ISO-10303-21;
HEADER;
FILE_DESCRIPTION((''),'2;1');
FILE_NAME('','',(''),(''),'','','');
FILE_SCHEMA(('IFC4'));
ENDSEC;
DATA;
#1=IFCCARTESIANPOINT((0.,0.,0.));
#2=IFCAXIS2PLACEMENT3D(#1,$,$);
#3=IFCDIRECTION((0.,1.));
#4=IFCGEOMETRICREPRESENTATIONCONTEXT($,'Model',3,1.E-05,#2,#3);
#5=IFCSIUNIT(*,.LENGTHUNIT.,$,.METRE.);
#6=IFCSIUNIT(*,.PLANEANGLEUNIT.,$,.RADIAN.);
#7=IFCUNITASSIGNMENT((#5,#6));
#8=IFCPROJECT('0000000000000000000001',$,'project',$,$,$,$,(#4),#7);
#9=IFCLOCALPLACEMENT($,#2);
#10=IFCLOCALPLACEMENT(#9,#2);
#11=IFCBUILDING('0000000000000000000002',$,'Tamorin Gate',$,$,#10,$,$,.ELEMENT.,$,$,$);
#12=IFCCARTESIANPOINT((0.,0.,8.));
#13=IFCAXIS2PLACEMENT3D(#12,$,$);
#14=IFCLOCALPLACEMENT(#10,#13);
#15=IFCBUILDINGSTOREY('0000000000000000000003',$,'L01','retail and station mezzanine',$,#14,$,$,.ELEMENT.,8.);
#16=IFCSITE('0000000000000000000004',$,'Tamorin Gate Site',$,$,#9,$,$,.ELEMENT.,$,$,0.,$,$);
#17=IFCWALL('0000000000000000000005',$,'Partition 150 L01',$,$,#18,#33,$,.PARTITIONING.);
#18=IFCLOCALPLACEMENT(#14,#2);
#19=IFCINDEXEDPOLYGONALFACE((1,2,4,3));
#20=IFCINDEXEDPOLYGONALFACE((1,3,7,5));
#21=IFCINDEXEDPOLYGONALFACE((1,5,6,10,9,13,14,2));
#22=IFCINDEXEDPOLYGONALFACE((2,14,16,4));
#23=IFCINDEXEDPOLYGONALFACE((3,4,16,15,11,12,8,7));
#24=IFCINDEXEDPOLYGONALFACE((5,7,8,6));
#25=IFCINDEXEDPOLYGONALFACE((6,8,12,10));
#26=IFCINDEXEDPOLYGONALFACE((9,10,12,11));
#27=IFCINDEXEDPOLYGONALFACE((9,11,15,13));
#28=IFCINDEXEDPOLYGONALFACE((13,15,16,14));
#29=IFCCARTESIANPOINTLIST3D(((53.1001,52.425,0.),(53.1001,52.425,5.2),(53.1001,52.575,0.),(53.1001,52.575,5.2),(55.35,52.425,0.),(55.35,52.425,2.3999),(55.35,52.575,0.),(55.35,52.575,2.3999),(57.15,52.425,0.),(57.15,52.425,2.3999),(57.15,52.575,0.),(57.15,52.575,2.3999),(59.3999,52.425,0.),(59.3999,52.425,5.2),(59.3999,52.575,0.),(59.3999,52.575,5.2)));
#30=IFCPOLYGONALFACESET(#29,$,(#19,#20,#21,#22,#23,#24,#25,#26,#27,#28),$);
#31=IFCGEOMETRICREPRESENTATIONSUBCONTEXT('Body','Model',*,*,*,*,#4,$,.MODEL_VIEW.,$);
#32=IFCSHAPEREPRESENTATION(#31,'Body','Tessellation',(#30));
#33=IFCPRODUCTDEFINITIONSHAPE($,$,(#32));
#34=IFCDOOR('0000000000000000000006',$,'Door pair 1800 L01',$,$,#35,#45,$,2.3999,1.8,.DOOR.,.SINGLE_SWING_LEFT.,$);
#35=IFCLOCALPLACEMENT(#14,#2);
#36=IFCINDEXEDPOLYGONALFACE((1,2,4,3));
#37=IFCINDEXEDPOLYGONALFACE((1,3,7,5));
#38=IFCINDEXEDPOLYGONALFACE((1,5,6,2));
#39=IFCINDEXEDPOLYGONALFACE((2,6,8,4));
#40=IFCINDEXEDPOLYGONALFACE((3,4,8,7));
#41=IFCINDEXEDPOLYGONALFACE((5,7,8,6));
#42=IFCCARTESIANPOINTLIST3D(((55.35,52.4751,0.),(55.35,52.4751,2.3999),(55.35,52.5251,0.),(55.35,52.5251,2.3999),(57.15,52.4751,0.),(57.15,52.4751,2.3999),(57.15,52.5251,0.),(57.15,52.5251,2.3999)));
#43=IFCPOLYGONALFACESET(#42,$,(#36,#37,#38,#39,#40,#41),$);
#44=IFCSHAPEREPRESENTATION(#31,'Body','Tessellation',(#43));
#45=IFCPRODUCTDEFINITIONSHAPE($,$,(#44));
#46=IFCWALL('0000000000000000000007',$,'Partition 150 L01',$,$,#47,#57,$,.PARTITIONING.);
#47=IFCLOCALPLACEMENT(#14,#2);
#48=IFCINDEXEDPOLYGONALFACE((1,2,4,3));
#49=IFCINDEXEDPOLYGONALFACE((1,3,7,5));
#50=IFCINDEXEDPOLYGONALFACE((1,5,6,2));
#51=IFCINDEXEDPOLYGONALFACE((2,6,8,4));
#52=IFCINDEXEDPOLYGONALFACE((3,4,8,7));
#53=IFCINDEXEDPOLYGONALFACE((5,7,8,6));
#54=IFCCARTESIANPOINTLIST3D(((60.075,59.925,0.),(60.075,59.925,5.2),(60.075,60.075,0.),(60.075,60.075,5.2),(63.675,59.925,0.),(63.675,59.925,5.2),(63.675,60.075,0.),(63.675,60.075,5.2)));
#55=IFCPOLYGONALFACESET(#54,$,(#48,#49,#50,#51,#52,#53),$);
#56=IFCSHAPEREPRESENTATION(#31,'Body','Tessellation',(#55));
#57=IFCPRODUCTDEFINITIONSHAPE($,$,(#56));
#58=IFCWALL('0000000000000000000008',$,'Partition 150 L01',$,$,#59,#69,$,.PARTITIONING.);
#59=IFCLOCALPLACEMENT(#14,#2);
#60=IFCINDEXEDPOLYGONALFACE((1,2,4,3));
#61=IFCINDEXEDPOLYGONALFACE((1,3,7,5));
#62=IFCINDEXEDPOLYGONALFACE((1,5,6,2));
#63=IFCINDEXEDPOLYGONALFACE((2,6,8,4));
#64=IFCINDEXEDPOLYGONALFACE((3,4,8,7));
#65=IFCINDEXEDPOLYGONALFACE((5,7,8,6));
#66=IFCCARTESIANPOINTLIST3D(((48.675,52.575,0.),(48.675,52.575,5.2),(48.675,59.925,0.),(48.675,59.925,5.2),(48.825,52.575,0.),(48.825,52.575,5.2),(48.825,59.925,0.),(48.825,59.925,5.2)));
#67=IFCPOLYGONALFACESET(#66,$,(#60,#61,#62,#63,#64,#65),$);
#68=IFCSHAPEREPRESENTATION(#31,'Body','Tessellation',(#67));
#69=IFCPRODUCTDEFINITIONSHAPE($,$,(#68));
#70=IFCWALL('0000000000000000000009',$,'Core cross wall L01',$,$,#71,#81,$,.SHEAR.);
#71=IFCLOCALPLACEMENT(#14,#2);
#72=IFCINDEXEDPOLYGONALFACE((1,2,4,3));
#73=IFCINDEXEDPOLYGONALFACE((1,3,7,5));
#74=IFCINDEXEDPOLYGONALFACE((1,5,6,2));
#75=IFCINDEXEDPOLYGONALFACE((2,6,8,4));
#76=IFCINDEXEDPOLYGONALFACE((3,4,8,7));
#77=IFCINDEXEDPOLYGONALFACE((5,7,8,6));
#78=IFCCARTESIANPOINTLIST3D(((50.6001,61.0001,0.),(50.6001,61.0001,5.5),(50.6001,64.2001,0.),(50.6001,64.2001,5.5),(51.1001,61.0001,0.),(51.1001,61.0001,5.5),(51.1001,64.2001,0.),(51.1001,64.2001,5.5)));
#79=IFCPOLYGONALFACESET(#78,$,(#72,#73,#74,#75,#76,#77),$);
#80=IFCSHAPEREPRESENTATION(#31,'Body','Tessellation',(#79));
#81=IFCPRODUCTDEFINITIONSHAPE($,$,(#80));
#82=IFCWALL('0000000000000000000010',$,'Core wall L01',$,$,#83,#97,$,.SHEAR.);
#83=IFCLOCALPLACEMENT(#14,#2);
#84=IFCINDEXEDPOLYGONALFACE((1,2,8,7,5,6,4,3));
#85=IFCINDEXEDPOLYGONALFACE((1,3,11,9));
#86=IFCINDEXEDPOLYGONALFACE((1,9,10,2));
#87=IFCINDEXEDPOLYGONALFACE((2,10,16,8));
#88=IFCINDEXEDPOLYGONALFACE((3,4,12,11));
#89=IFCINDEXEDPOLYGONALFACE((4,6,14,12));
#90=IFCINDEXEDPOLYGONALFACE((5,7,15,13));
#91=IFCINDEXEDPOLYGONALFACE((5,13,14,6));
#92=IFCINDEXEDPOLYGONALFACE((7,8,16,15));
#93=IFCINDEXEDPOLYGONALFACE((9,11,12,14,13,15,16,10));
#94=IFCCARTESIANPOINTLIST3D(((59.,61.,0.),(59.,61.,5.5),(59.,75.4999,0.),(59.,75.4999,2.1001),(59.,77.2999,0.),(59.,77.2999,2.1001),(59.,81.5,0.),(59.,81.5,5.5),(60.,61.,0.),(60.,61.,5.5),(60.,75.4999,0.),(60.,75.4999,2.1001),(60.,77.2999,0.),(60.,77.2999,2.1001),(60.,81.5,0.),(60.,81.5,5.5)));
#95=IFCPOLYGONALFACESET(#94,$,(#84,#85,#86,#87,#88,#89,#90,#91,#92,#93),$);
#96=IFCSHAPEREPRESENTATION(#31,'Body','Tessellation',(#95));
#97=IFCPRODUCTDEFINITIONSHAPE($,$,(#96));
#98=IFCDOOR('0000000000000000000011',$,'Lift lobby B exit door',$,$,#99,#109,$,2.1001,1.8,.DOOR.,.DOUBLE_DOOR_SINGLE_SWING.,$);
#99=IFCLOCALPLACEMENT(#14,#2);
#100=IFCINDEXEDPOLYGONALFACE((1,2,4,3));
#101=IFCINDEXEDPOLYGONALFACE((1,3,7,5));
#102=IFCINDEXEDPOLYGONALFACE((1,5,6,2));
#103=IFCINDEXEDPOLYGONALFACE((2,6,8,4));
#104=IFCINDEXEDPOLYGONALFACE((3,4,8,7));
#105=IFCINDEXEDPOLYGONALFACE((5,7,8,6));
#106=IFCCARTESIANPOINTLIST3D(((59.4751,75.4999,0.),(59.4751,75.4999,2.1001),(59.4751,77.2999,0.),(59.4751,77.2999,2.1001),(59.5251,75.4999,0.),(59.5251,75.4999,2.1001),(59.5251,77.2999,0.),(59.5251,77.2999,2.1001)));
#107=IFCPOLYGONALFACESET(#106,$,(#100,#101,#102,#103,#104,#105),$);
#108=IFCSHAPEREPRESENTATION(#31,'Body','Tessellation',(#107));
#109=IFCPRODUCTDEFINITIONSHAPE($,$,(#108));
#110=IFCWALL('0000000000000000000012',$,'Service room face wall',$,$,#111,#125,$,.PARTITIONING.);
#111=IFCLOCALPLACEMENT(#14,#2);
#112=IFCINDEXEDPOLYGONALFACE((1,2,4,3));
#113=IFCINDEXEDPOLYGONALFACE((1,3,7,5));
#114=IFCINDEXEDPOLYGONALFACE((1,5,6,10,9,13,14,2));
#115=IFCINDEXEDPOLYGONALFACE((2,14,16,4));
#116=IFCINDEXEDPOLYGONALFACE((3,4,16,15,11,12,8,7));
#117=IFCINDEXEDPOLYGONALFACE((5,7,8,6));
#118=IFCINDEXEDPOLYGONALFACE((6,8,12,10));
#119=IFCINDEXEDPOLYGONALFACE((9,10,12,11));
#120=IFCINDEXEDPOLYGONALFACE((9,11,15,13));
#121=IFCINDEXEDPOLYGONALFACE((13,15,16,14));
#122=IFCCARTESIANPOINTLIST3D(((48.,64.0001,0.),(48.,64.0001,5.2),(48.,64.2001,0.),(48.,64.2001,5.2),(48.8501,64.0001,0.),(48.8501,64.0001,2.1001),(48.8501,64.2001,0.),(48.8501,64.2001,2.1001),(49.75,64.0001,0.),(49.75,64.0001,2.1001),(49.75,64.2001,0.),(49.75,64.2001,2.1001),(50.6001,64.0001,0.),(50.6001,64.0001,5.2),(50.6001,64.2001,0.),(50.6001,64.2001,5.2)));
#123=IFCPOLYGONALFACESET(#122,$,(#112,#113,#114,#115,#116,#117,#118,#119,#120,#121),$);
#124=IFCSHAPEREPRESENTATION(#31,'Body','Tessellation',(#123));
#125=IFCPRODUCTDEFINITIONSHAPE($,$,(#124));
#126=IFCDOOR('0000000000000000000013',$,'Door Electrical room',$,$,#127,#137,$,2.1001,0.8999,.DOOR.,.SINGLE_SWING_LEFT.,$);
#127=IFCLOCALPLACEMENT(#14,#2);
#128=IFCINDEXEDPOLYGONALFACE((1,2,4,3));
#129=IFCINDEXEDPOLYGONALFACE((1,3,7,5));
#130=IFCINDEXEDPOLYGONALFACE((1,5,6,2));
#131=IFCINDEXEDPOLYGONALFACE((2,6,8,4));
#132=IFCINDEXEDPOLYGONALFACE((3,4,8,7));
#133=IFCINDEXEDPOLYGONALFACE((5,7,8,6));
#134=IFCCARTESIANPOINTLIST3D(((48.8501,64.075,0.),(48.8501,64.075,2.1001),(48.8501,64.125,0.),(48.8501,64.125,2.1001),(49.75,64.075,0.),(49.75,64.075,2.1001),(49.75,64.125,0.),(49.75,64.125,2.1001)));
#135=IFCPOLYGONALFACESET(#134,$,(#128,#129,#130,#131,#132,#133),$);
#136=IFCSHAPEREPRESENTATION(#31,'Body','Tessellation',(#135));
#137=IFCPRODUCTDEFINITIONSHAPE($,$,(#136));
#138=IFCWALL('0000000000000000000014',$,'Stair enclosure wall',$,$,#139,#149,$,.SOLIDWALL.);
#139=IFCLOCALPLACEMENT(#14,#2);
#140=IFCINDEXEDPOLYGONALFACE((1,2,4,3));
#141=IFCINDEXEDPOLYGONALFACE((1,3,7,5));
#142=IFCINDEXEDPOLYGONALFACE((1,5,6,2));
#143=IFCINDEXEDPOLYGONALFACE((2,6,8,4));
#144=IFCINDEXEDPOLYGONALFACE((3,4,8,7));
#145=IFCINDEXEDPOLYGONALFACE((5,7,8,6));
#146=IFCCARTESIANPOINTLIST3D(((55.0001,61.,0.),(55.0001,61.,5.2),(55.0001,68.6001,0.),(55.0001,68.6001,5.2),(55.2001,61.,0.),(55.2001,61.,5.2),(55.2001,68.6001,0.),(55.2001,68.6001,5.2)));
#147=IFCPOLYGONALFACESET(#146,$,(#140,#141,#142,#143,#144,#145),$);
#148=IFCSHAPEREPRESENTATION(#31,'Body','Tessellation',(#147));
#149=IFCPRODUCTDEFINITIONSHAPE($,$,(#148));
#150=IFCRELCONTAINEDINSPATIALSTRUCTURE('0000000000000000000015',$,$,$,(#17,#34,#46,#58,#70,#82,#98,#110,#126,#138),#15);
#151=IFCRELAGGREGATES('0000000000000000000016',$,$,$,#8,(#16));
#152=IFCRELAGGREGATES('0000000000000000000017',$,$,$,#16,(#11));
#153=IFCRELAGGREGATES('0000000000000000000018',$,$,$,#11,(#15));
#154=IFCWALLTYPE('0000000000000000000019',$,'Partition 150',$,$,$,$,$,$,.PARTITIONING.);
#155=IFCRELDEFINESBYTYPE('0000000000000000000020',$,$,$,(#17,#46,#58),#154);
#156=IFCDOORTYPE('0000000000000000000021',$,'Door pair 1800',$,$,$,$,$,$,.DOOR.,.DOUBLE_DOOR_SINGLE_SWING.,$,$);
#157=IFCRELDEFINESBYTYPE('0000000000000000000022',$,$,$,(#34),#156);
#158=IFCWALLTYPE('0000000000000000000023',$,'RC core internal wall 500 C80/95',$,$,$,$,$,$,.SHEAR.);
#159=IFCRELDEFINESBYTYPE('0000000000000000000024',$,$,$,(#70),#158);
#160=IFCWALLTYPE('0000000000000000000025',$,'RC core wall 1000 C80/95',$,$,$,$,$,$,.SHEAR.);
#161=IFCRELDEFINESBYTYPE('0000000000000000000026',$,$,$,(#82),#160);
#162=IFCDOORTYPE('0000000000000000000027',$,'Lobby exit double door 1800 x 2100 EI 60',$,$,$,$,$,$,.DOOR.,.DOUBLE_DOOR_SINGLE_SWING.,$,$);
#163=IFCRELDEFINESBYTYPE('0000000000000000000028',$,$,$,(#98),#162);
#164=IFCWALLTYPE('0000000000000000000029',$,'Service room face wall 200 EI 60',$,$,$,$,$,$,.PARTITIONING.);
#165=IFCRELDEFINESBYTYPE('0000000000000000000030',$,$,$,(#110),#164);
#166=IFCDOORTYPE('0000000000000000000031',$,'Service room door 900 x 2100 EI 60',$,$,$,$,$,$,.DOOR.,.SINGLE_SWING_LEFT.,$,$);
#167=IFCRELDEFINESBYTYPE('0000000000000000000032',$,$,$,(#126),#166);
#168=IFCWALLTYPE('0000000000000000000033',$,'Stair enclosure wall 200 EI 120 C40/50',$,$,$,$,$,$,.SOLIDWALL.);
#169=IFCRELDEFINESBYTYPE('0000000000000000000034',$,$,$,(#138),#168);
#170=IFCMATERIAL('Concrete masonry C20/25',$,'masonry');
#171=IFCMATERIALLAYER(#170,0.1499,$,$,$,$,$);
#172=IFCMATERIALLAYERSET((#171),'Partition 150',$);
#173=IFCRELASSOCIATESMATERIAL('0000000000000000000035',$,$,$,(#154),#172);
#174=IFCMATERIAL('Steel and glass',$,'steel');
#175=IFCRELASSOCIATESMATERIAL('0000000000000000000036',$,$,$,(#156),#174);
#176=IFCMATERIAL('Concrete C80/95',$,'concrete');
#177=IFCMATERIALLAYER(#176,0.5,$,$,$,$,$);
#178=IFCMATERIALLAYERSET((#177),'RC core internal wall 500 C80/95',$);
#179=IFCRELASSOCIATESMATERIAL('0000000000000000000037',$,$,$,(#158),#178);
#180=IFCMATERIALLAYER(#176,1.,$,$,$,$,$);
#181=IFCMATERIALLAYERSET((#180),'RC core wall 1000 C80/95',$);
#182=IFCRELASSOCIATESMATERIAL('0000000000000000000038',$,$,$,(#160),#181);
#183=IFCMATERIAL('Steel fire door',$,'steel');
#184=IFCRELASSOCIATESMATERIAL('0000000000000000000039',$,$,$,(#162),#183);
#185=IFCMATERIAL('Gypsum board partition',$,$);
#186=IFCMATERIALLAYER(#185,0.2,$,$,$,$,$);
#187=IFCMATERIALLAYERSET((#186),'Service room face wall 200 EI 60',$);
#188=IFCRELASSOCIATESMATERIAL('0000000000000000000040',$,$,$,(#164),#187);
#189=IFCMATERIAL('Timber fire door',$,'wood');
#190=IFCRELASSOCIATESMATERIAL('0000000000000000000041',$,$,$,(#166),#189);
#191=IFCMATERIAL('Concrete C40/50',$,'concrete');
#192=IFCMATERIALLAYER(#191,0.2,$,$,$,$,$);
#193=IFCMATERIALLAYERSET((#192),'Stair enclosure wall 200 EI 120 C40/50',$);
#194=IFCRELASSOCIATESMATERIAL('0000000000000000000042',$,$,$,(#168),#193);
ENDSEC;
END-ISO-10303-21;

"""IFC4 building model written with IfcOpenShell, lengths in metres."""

from ifc_helpers import new_model, si_unit, direction, frame, frame_2d, origin, place, context, subcontext, project, spatial, rectangle, extrude, material, layer, layer_set, type_object, element, fill, save


model = new_model("IFC4")

# Units and contexts
model_context = context("Model", 3, precision=1e-05, world=origin(), true_north=direction((0.0, 1.0)))
body_context = subcontext(model_context, "Body", "Model", "MODEL_VIEW")
ifc_project = project(units=[si_unit("LENGTHUNIT", "METRE"), si_unit("PLANEANGLEUNIT", "RADIAN")], contexts=[model_context])

# Site, building, storey
site_placement = place(None, origin())
site = spatial("IfcSite", under=ifc_project, at=site_placement, Name="Tamorin Gate Site", CompositionType="ELEMENT", RefElevation=0.0)
building_placement = place(site_placement, origin())
building = spatial("IfcBuilding", under=site, at=building_placement, Name="Tamorin Gate", CompositionType="ELEMENT")
storey_placement = place(building_placement, frame((0.0, 0.0, 8.0)))
storey = spatial("IfcBuildingStorey", under=building, at=storey_placement, Name="L01", Description="retail and station mezzanine", CompositionType="ELEMENT", Elevation=8.0)

# Shared definitions
ifc_material_1 = material(Name="Concrete C80/95", Category="concrete")

# Shared definitions
ifc_material_2 = material(Name="Concrete masonry C20/25", Category="masonry")
ifc_layer_1 = layer(ifc_material_2, 0.1499)
ifc_layer_set_1 = layer_set([ifc_layer_1], Name="Partition 150")
wall_type_1 = type_object("IfcWallType", Name="Partition 150", PredefinedType="PARTITIONING", material=ifc_layer_set_1)
ifc_material_3 = material(Name="Steel and glass", Category="steel")
door_type_1 = type_object("IfcDoorType", Name="Door pair 1800", OperationType="DOUBLE_DOOR_SINGLE_SWING", PredefinedType="DOOR", material=ifc_material_3)

# Wall, opening, door
wall_1_placement = place(storey_placement, frame((59.3999, 52.5, 0.0), z_axis=(0.0, 0.0, 1.0), x_axis=(-1.0, 0.0, 0.0)))
wall_1 = element("IfcWall", 1, at=wall_1_placement, inside=storey, type_object=wall_type_1, Name="Partition 150 L01", PredefinedType="PARTITIONING", context=body_context, shape_type="SweptSolid", body=[
    extrude(rectangle(XDim=6.2998, YDim=0.1499, at=frame_2d((3.1499, 0.0))), origin(), (0.0, 0.0, 1.0), 5.2),
])
opening_1_placement = place(wall_1_placement, frame((2.25, 0.0, 0.0)))
opening_1 = element("IfcOpeningElement", 2, at=opening_1_placement, cuts=wall_1, PredefinedType="OPENING", context=body_context, shape_type="SweptSolid", body=[
    extrude(rectangle(XDim=1.8, YDim=2.3999, at=frame_2d((0.8999, 1.2))), frame((0.0, 0.085, 0.0), z_axis=(0.0, -1.0, 0.0), x_axis=(1.0, 0.0, 0.0)), (0.0, 0.0, 1.0), 0.1699),
])
door_1_placement = place(opening_1_placement, origin())
door_1 = element("IfcDoor", 3, at=door_1_placement, inside=storey, type_object=door_type_1, Name="Door pair 1800 L01", OperationType="SINGLE_SWING_LEFT", OverallHeight=2.3999, OverallWidth=1.8, PredefinedType="DOOR", context=body_context, shape_type="SweptSolid", body=[
    extrude(rectangle(XDim=1.8, YDim=2.3999, at=frame_2d((0.8999, 1.2))), frame((0.0, 0.0249, 0.0), z_axis=(0.0, -1.0, 0.0), x_axis=(1.0, 0.0, 0.0)), (0.0, 0.0, 1.0), 0.05),
])
fill(opening_1, door_1)

# Walls
wall_2_placement = place(storey_placement, frame((60.075, 60.0, 0.0), z_axis=(0.0, 0.0, 1.0), x_axis=(1.0, 0.0, 0.0)))
element("IfcWall", 4, at=wall_2_placement, inside=storey, type_object=wall_type_1, Name="Partition 150 L01", PredefinedType="PARTITIONING", context=body_context, shape_type="SweptSolid", body=[
    extrude(rectangle(XDim=3.6001, YDim=0.1499, at=frame_2d((1.8, 0.0))), origin(), (0.0, 0.0, 1.0), 5.2),
])
wall_3_placement = place(storey_placement, frame((48.75, 52.575, 0.0), z_axis=(0.0, 0.0, 1.0), x_axis=(0.0, 1.0, 0.0)))
element("IfcWall", 5, at=wall_3_placement, inside=storey, type_object=wall_type_1, Name="Partition 150 L01", PredefinedType="PARTITIONING", context=body_context, shape_type="SweptSolid", body=[
    extrude(rectangle(XDim=7.3501, YDim=0.1499, at=frame_2d((3.675, 0.0))), origin(), (0.0, 0.0, 1.0), 5.2),
])
ifc_layer_2 = layer(ifc_material_1, 0.5)
ifc_layer_set_2 = layer_set([ifc_layer_2], Name="RC core internal wall 500 C80/95")
wall_type_2 = type_object("IfcWallType", Name="RC core internal wall 500 C80/95", PredefinedType="SHEAR", material=ifc_layer_set_2)
wall_4_placement = place(storey_placement, frame((50.8501, 61.0, 0.0), z_axis=(0.0, 0.0, 1.0), x_axis=(0.0, 1.0, 0.0)))
element("IfcWall", 6, at=wall_4_placement, inside=storey, type_object=wall_type_2, Name="Core cross wall L01", PredefinedType="SHEAR", context=body_context, shape_type="SweptSolid", body=[
    extrude(rectangle(XDim=3.2, YDim=0.5, at=frame_2d((1.6001, 0.0))), origin(), (0.0, 0.0, 1.0), 5.5),
])

# Walls, openings, doors
ifc_layer_3 = layer(ifc_material_1, 1.0)
ifc_layer_set_3 = layer_set([ifc_layer_3], Name="RC core wall 1000 C80/95")
wall_type_3 = type_object("IfcWallType", Name="RC core wall 1000 C80/95", PredefinedType="SHEAR", material=ifc_layer_set_3)
wall_5_placement = place(storey_placement, frame((59.5, 61.0, 0.0), z_axis=(0.0, 0.0, 1.0), x_axis=(0.0, 1.0, 0.0)))
wall_5 = element("IfcWall", 7, at=wall_5_placement, inside=storey, type_object=wall_type_3, Name="Core wall L01", PredefinedType="SHEAR", context=body_context, shape_type="SweptSolid", body=[
    extrude(rectangle(XDim=20.5, YDim=1.0, at=frame_2d((10.25, 0.0))), origin(), (0.0, 0.0, 1.0), 5.5),
])
opening_2_placement = place(wall_5_placement, frame((14.5, 0.0, 0.0)))
opening_2 = element("IfcOpeningElement", 8, at=opening_2_placement, cuts=wall_5, PredefinedType="OPENING", context=body_context, shape_type="SweptSolid", body=[
    extrude(rectangle(XDim=1.8, YDim=2.1001, at=frame_2d((0.8999, 1.05))), frame((0.0, 0.51, 0.0), z_axis=(0.0, -1.0, 0.0), x_axis=(1.0, 0.0, 0.0)), (0.0, 0.0, 1.0), 1.02),
])
ifc_material_4 = material(Name="Steel fire door", Category="steel")
door_type_2 = type_object("IfcDoorType", Name="Lobby exit double door 1800 x 2100 EI 60", OperationType="DOUBLE_DOOR_SINGLE_SWING", PredefinedType="DOOR", material=ifc_material_4)
door_2_placement = place(opening_2_placement, origin())
door_2 = element("IfcDoor", 9, at=door_2_placement, inside=storey, type_object=door_type_2, Name="Lift lobby B exit door", OperationType="DOUBLE_DOOR_SINGLE_SWING", OverallHeight=2.1001, OverallWidth=1.8, PredefinedType="DOOR", context=body_context, shape_type="SweptSolid", body=[
    extrude(rectangle(XDim=1.8, YDim=2.1001, at=frame_2d((0.8999, 1.05))), frame((0.0, 0.0249, 0.0), z_axis=(0.0, -1.0, 0.0), x_axis=(1.0, 0.0, 0.0)), (0.0, 0.0, 1.0), 0.05),
])
fill(opening_2, door_2)
ifc_material_5 = material(Name="Gypsum board partition")
ifc_layer_4 = layer(ifc_material_5, 0.2)
ifc_layer_set_4 = layer_set([ifc_layer_4], Name="Service room face wall 200 EI 60")
wall_type_4 = type_object("IfcWallType", Name="Service room face wall 200 EI 60", PredefinedType="PARTITIONING", material=ifc_layer_set_4)
wall_6_placement = place(storey_placement, frame((48.0, 64.1001, 0.0), z_axis=(0.0, 0.0, 1.0), x_axis=(1.0, 0.0, 0.0)))
wall_6 = element("IfcWall", 10, at=wall_6_placement, inside=storey, type_object=wall_type_4, Name="Service room face wall", PredefinedType="PARTITIONING", context=body_context, shape_type="SweptSolid", body=[
    extrude(rectangle(XDim=2.6001, YDim=0.2, at=frame_2d((1.3, 0.0))), origin(), (0.0, 0.0, 1.0), 5.2),
])
opening_3_placement = place(wall_6_placement, frame((0.8501, 0.0, 0.0)))
opening_3 = element("IfcOpeningElement", 11, at=opening_3_placement, cuts=wall_6, PredefinedType="OPENING", context=body_context, shape_type="SweptSolid", body=[
    extrude(rectangle(XDim=0.8999, YDim=2.1001, at=frame_2d((0.45, 1.05))), frame((0.0, 0.1099, 0.0), z_axis=(0.0, -1.0, 0.0), x_axis=(1.0, 0.0, 0.0)), (0.0, 0.0, 1.0), 0.22),
])
ifc_material_6 = material(Name="Timber fire door", Category="wood")
door_type_3 = type_object("IfcDoorType", Name="Service room door 900 x 2100 EI 60", OperationType="SINGLE_SWING_LEFT", PredefinedType="DOOR", material=ifc_material_6)
door_3_placement = place(opening_3_placement, origin())
door_3 = element("IfcDoor", 12, at=door_3_placement, inside=storey, type_object=door_type_3, Name="Door Electrical room", OperationType="SINGLE_SWING_LEFT", OverallHeight=2.1001, OverallWidth=0.8999, PredefinedType="DOOR", context=body_context, shape_type="SweptSolid", body=[
    extrude(rectangle(XDim=0.8999, YDim=2.1001, at=frame_2d((0.45, 1.05))), frame((0.0, 0.0249, 0.0), z_axis=(0.0, -1.0, 0.0), x_axis=(1.0, 0.0, 0.0)), (0.0, 0.0, 1.0), 0.05),
])
fill(opening_3, door_3)

# Wall
ifc_material_7 = material(Name="Concrete C40/50", Category="concrete")
ifc_layer_5 = layer(ifc_material_7, 0.2)
ifc_layer_set_5 = layer_set([ifc_layer_5], Name="Stair enclosure wall 200 EI 120 C40/50")
wall_type_5 = type_object("IfcWallType", Name="Stair enclosure wall 200 EI 120 C40/50", PredefinedType="SOLIDWALL", material=ifc_layer_set_5)
wall_7_placement = place(storey_placement, frame((55.1001, 61.0, 0.0), z_axis=(0.0, 0.0, 1.0), x_axis=(0.0, 1.0, 0.0)))
element("IfcWall", 13, at=wall_7_placement, inside=storey, type_object=wall_type_5, Name="Stair enclosure wall", PredefinedType="SOLIDWALL", context=body_context, shape_type="SweptSolid", body=[
    extrude(rectangle(XDim=7.6001, YDim=0.2, at=frame_2d((3.8, 0.0))), origin(), (0.0, 0.0, 1.0), 5.2),
])

save(model, "model.ifc")
